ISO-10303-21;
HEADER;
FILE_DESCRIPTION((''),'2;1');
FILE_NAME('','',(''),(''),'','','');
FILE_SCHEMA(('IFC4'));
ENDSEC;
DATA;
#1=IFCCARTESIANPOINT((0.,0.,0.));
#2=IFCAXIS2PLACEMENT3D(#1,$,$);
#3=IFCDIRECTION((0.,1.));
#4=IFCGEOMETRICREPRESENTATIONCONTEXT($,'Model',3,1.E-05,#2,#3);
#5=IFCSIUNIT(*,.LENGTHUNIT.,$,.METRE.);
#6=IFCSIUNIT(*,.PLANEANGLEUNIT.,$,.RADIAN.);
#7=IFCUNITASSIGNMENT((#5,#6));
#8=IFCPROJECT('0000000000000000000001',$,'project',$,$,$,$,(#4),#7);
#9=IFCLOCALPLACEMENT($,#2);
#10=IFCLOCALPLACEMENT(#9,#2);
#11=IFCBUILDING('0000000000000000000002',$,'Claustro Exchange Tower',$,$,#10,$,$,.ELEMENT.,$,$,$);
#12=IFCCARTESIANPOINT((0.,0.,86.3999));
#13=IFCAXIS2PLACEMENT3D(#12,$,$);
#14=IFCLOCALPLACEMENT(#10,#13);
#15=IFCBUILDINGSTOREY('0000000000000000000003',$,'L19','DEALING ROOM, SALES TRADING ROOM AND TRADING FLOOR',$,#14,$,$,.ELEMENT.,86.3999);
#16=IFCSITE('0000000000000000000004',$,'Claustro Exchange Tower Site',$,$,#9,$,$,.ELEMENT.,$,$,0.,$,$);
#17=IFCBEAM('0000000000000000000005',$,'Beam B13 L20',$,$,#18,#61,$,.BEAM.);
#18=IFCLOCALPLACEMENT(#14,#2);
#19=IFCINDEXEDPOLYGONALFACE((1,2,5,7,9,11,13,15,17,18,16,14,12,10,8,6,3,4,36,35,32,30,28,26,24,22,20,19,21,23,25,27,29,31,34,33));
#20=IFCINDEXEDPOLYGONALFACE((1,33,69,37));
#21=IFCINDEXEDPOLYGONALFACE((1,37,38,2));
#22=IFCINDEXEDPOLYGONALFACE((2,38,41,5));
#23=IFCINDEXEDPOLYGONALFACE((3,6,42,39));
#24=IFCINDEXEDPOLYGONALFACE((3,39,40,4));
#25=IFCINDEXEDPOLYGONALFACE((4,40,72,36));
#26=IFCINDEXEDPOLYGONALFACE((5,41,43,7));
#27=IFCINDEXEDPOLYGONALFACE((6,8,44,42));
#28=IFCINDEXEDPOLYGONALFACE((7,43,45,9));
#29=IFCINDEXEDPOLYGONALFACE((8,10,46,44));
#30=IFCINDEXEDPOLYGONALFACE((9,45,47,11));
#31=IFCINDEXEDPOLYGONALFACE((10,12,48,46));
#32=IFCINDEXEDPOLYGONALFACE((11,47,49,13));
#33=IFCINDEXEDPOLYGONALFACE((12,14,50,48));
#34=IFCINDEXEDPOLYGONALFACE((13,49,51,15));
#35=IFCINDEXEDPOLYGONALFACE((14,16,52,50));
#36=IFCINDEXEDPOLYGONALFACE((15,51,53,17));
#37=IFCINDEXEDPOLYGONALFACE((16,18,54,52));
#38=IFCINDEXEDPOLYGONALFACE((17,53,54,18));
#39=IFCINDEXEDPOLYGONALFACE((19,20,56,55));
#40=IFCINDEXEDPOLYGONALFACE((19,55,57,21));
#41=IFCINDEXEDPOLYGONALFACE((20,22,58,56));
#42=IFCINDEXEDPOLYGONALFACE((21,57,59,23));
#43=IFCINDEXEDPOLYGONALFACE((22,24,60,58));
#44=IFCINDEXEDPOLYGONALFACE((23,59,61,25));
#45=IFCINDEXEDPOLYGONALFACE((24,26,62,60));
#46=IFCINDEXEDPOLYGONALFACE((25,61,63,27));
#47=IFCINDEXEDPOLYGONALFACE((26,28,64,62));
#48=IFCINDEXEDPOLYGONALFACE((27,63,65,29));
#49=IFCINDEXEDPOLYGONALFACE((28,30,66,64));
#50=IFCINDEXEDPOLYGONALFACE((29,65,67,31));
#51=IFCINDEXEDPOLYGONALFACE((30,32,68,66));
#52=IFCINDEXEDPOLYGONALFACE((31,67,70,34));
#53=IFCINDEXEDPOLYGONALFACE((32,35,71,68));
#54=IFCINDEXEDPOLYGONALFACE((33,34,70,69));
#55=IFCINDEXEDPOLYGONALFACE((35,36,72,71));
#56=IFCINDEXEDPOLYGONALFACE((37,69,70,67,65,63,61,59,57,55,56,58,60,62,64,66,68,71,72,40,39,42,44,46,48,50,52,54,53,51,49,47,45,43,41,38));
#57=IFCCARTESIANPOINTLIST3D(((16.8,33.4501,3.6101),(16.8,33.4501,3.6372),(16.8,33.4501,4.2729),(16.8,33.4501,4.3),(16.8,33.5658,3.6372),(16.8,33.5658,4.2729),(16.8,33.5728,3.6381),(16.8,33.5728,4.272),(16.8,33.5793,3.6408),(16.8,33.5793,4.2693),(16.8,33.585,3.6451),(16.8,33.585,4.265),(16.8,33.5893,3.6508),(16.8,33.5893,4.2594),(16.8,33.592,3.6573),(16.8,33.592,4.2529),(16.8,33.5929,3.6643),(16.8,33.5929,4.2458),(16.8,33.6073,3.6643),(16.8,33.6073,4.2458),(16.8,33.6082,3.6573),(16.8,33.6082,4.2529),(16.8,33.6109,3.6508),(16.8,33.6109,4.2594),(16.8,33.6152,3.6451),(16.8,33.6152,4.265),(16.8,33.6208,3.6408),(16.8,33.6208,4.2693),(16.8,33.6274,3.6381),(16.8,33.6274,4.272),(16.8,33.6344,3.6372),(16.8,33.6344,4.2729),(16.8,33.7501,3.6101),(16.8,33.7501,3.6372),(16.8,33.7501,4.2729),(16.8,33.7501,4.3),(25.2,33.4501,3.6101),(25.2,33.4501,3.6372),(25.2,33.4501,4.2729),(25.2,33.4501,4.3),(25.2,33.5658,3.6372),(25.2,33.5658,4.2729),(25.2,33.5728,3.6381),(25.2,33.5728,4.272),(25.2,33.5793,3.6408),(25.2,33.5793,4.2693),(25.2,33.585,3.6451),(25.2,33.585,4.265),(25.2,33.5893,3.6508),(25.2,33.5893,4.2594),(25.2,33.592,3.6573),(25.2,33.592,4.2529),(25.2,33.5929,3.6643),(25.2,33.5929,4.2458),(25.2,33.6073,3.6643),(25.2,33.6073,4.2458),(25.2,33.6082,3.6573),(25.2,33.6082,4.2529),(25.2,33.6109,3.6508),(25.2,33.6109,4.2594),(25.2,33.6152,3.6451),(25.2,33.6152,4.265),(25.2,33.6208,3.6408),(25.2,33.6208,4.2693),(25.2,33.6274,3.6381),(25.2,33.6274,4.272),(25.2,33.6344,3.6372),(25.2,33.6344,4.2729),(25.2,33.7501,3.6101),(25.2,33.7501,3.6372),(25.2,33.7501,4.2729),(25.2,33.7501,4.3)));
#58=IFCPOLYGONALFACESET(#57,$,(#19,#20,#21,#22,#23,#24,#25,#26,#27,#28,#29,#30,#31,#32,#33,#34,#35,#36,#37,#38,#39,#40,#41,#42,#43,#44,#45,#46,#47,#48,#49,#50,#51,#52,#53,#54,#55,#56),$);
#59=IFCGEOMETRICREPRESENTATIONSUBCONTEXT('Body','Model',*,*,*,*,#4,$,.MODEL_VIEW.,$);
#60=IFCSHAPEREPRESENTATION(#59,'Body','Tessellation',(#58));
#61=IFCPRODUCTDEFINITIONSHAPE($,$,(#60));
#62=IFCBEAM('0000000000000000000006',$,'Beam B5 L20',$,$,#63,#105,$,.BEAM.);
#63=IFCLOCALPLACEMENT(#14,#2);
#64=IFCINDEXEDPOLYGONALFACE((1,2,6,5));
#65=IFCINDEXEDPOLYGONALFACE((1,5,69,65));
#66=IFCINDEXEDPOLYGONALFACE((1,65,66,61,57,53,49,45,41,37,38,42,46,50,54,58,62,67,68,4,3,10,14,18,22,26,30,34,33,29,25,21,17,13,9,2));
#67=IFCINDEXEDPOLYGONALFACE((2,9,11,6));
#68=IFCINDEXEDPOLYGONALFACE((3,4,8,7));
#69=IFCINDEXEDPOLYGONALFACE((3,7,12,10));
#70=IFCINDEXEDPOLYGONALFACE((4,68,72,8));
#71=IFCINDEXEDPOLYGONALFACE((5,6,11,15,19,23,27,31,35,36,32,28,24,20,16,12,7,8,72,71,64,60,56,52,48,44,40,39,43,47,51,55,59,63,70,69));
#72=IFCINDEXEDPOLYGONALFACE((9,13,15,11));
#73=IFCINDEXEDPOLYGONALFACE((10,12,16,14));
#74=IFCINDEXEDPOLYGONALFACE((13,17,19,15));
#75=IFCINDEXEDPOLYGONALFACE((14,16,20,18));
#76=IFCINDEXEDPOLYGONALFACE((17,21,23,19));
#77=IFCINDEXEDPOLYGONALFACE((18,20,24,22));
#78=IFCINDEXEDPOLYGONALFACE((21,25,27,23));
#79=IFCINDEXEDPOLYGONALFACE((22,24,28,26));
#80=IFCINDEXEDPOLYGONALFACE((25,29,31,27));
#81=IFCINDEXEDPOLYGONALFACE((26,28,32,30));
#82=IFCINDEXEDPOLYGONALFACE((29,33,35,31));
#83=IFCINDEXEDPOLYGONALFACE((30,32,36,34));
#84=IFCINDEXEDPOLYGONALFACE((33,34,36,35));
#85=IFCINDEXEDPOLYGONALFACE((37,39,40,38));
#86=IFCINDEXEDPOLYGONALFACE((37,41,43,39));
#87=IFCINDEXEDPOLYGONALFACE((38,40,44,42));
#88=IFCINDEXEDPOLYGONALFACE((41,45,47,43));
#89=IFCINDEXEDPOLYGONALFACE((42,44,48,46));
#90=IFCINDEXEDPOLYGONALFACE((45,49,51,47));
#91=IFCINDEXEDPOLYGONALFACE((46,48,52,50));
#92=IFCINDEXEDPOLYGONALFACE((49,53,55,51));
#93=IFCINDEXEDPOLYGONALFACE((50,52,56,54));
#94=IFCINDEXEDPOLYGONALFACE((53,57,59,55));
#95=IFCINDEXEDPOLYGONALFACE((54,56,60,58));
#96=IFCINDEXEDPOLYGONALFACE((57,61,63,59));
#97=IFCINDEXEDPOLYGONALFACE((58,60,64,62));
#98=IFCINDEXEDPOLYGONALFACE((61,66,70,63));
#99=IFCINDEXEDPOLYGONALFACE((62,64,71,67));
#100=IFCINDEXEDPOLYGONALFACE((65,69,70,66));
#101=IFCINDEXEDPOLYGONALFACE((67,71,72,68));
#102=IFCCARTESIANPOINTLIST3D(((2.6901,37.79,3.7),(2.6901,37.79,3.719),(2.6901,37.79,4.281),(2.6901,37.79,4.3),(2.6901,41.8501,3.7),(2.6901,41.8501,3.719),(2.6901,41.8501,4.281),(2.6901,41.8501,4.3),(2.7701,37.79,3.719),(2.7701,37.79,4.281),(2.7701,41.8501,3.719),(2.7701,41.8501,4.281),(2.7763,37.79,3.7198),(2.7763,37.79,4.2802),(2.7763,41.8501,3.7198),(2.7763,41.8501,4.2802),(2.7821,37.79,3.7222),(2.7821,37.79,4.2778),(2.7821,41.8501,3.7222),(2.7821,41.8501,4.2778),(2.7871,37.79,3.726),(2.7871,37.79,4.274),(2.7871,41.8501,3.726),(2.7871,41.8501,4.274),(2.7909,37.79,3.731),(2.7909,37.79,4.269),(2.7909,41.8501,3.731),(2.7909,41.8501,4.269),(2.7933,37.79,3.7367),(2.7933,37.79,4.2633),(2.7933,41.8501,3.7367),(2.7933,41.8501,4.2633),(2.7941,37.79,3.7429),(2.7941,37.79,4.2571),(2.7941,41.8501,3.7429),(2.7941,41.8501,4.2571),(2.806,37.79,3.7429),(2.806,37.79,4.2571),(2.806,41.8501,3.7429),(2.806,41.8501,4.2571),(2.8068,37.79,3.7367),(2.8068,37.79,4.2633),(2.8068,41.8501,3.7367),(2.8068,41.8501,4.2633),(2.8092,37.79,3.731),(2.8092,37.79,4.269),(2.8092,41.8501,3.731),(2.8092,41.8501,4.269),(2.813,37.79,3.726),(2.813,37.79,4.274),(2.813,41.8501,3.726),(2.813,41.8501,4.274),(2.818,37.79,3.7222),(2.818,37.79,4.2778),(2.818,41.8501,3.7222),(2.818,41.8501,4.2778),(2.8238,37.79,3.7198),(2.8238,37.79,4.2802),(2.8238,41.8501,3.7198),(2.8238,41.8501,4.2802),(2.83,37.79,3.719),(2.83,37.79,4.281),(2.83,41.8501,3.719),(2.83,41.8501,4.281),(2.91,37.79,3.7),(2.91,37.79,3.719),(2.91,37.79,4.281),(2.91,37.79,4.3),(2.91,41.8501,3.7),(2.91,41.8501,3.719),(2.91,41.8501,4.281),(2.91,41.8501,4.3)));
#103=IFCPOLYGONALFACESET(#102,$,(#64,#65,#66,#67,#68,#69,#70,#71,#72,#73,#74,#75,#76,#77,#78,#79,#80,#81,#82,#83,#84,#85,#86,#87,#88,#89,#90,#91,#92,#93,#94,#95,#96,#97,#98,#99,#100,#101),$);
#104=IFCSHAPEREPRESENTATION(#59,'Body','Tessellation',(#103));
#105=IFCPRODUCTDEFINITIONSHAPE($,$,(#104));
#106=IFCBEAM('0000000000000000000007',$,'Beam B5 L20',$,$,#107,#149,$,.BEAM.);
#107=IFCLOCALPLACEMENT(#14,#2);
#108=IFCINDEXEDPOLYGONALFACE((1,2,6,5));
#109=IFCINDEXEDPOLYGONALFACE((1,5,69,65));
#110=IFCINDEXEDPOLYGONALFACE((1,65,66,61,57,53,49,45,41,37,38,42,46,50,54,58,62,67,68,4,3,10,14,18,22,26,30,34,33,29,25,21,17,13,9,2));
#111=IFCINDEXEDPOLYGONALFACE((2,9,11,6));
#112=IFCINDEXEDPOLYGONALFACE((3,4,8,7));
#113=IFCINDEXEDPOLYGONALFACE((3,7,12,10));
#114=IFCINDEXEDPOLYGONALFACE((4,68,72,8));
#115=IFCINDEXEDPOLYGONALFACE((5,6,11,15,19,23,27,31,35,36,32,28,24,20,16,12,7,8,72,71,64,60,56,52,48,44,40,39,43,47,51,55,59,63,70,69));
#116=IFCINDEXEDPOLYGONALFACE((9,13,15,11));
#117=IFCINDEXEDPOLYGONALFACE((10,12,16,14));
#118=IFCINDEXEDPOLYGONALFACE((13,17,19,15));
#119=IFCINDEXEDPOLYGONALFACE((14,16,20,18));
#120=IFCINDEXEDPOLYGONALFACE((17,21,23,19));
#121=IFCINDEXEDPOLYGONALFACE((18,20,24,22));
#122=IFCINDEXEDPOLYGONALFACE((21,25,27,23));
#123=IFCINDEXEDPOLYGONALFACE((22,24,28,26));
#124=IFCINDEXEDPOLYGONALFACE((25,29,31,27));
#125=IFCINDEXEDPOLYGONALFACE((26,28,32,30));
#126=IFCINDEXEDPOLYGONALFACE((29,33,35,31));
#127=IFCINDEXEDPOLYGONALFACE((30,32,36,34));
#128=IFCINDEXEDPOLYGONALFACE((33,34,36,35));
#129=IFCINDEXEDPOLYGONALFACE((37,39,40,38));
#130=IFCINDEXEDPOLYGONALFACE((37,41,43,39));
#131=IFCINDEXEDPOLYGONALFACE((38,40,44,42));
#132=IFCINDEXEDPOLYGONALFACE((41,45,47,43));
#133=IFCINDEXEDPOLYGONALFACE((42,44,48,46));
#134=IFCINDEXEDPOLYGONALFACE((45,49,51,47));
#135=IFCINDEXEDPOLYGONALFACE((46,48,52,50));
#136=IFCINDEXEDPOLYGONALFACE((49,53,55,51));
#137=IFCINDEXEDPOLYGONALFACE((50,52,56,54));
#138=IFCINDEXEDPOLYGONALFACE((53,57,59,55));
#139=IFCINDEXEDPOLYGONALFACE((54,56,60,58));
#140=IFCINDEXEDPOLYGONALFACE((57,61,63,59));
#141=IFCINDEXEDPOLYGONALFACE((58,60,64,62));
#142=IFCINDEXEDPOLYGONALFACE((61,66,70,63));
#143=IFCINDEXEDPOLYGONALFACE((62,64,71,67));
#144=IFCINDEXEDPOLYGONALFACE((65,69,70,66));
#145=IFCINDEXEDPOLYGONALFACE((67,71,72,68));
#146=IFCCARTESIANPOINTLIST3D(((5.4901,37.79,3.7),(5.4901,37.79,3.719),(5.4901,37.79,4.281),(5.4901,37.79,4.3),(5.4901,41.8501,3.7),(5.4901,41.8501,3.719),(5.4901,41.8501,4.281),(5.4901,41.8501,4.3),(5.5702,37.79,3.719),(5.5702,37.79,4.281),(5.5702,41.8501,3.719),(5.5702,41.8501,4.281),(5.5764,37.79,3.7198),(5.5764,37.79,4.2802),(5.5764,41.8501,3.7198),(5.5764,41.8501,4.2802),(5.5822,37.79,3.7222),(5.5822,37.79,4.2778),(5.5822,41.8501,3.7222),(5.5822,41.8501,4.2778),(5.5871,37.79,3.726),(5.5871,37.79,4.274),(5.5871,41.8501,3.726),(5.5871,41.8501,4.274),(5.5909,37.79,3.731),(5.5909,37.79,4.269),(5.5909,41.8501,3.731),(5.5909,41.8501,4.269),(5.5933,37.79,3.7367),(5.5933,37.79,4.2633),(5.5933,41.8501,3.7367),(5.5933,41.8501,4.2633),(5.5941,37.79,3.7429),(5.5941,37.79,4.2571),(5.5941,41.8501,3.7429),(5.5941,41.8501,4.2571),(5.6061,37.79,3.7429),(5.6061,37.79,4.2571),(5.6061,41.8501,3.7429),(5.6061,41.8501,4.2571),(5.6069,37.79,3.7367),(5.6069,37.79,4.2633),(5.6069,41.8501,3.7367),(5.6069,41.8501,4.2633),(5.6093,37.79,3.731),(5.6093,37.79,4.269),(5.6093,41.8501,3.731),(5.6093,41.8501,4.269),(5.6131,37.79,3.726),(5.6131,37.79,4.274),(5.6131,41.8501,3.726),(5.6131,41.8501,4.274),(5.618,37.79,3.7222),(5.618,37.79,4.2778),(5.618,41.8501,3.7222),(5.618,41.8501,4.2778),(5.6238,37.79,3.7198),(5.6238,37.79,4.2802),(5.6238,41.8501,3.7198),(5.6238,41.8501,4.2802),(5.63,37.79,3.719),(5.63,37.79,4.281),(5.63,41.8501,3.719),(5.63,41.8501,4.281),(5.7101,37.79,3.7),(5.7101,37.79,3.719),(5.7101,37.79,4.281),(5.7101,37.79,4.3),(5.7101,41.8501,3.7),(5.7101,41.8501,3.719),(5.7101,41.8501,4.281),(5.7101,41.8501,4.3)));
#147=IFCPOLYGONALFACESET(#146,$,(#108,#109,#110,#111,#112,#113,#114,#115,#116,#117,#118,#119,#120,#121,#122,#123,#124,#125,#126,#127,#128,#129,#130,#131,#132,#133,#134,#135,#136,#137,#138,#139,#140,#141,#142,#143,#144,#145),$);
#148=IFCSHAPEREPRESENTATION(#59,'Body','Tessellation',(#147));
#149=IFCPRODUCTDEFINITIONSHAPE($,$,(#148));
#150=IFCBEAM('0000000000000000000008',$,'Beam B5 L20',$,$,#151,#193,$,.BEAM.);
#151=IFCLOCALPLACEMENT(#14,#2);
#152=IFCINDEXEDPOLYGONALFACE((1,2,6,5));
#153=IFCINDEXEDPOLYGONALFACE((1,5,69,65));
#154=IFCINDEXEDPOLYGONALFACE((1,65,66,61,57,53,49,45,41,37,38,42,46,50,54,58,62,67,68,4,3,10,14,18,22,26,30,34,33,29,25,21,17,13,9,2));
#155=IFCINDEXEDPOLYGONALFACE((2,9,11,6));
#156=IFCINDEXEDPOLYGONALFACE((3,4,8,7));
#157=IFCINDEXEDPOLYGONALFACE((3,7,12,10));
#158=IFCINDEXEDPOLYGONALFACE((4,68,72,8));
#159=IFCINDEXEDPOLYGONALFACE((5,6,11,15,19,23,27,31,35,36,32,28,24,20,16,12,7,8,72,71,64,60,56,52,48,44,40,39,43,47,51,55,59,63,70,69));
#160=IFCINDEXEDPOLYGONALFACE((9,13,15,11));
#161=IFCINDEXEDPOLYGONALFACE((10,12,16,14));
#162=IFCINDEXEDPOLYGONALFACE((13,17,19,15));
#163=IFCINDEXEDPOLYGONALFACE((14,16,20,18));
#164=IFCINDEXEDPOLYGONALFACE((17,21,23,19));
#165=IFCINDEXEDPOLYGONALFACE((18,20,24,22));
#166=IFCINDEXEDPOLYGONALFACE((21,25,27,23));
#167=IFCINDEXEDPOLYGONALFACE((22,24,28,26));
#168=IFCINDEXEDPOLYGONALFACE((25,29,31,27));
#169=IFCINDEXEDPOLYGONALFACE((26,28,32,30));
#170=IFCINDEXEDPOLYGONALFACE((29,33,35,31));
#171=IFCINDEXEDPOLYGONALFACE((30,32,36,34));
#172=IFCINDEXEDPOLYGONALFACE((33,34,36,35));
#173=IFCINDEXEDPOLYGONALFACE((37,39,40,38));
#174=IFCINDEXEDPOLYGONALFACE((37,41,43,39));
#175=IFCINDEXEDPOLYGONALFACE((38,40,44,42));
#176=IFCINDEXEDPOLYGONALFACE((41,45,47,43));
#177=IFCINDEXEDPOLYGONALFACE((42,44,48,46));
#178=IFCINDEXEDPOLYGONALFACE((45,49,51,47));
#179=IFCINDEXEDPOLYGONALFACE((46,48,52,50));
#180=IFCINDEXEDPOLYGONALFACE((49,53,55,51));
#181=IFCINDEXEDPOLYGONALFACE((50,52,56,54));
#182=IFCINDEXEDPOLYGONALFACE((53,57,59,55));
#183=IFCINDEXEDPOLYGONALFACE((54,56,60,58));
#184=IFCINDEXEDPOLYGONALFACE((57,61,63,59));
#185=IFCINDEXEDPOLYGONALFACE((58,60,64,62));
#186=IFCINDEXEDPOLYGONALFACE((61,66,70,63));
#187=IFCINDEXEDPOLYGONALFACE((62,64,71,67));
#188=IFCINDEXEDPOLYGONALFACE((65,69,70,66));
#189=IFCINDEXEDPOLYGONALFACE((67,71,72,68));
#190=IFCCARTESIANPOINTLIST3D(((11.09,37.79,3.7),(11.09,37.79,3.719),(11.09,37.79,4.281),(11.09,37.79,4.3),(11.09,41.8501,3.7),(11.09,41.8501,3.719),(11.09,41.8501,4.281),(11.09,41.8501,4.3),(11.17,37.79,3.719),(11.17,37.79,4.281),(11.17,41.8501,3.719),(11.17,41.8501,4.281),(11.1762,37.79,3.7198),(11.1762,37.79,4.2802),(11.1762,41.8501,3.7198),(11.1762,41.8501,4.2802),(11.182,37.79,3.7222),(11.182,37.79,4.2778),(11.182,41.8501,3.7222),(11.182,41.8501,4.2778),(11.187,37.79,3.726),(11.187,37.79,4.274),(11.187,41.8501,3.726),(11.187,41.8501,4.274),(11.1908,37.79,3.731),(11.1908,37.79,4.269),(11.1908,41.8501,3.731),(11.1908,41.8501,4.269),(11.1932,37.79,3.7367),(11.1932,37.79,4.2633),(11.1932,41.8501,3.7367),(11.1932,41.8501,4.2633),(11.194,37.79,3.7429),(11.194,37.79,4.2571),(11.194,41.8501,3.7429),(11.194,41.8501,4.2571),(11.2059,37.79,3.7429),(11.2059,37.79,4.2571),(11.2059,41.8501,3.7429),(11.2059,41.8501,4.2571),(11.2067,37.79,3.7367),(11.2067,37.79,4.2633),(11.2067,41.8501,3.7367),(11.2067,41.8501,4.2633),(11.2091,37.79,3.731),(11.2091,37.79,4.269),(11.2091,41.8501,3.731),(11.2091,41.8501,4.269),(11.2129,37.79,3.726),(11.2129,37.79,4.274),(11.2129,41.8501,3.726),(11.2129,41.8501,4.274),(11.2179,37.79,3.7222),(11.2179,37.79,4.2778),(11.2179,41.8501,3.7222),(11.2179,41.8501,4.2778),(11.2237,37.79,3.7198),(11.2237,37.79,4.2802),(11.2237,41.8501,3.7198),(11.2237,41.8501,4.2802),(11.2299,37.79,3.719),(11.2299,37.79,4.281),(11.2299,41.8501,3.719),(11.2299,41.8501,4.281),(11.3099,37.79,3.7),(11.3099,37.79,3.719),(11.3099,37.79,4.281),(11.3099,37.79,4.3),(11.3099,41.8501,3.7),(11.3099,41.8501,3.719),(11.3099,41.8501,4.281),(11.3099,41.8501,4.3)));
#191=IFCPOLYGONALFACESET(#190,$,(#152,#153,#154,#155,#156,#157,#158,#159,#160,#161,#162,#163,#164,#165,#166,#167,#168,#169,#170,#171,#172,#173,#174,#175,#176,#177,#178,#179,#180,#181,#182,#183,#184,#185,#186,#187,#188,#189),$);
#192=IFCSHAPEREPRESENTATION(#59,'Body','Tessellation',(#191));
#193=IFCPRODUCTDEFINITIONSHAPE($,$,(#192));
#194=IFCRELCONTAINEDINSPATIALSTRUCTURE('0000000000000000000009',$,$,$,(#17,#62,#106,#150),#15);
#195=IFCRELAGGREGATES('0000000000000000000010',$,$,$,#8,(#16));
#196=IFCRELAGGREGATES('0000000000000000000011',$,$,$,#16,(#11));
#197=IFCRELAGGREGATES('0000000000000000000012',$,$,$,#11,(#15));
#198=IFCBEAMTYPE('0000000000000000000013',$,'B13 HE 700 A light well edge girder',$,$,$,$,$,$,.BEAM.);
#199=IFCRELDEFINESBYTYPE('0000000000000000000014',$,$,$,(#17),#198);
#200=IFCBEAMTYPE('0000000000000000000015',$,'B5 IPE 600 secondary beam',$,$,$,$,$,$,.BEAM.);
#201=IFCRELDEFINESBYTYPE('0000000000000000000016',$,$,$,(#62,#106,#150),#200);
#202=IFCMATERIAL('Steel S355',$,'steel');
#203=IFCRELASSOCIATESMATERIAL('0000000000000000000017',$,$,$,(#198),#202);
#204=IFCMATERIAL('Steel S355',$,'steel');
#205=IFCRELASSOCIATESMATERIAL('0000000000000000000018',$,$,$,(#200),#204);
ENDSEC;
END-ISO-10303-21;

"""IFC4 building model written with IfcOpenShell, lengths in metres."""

from ifc_helpers import new_model, si_unit, direction, frame, origin, origin_2d, place, context, subcontext, project, spatial, i_section, extrude, material, material_profile, profile_set, type_object, element, save


model = new_model("IFC4")

# Units and contexts
model_context = context("Model", 3, precision=1e-05, world=origin(), true_north=direction((0.0, 1.0)))
body_context = subcontext(model_context, "Body", "Model", "MODEL_VIEW")
ifc_project = project(units=[si_unit("LENGTHUNIT", "METRE"), si_unit("PLANEANGLEUNIT", "RADIAN")], contexts=[model_context])

# Site, building, storey
site_placement = place(None, origin())
site = spatial("IfcSite", under=ifc_project, at=site_placement, Name="Claustro Exchange Tower Site", CompositionType="ELEMENT", RefElevation=0.0)
building_placement = place(site_placement, origin())
building = spatial("IfcBuilding", under=site, at=building_placement, Name="Claustro Exchange Tower", CompositionType="ELEMENT")
storey_placement = place(building_placement, frame((0.0, 0.0, 86.3999)))
storey = spatial("IfcBuildingStorey", under=building, at=storey_placement, Name="L19", Description="DEALING ROOM, SALES TRADING ROOM AND TRADING FLOOR", CompositionType="ELEMENT", Elevation=86.3999)

# Beams
ifc_material_1 = material(Name="Steel S355", Category="steel")
ifc_material_profile_1 = material_profile(ifc_material_1, i_section(OverallWidth=0.3, OverallDepth=0.6899, WebThickness=0.0144, FlangeThickness=0.0271, FilletRadius=0.0271, at=origin_2d()), Name="HE 700 A")
ifc_profile_set_1 = profile_set([ifc_material_profile_1], Name="Steel S355")
beam_type_1 = type_object("IfcBeamType", Name="B13 HE 700 A light well edge girder", PredefinedType="BEAM", material=ifc_profile_set_1)
beam_placement = place(storey_placement, frame((16.8, 33.6001, 3.9551), z_axis=(1.0, 0.0, 0.0), x_axis=(0.0, 1.0, 0.0)))
element("IfcBeam", 1, at=beam_placement, inside=storey, type_object=beam_type_1, Name="Beam B13 L20", PredefinedType="BEAM", context=body_context, shape_type="SweptSolid", body=[
    extrude(i_section(OverallWidth=0.3, OverallDepth=0.6899, WebThickness=0.0144, FlangeThickness=0.0271, FilletRadius=0.0271, at=origin_2d()), origin(), (0.0, 0.0, 1.0), 8.3999),
])
ifc_material_2 = material(Name="Steel S355", Category="steel")
ifc_material_profile_2 = material_profile(ifc_material_2, i_section(OverallWidth=0.22, OverallDepth=0.6001, WebThickness=0.012, FlangeThickness=0.019, FilletRadius=0.0239, at=origin_2d()), Name="IPE 600")
ifc_profile_set_2 = profile_set([ifc_material_profile_2], Name="Steel S355")
beam_type_2 = type_object("IfcBeamType", Name="B5 IPE 600 secondary beam", PredefinedType="BEAM", material=ifc_profile_set_2)
for number, where, z_axis, x_axis, name in (
    (2, (2.8, 37.79, 4.0), (0.0, 1.0, 0.0), (-1.0, 0.0, 0.0), "Beam B5 L20"),
    (3, (5.6001, 37.79, 4.0), (0.0, 1.0, 0.0), (-1.0, 0.0, 0.0), "Beam B5 L20"),
    (4, (11.2, 37.79, 4.0), (0.0, 1.0, 0.0), (-1.0, 0.0, 0.0), "Beam B5 L20"),
):
    element("IfcBeam", number, at=place(storey_placement, frame(where, z_axis=z_axis, x_axis=x_axis)), inside=storey, type_object=beam_type_2, Name=name, PredefinedType="BEAM", context=body_context, shape_type="SweptSolid", body=[
        extrude(i_section(OverallWidth=0.22, OverallDepth=0.6001, WebThickness=0.012, FlangeThickness=0.019, FilletRadius=0.0239, at=origin_2d()), origin(), (0.0, 0.0, 1.0), 4.0601),
    ])

save(model, "model.ifc")
